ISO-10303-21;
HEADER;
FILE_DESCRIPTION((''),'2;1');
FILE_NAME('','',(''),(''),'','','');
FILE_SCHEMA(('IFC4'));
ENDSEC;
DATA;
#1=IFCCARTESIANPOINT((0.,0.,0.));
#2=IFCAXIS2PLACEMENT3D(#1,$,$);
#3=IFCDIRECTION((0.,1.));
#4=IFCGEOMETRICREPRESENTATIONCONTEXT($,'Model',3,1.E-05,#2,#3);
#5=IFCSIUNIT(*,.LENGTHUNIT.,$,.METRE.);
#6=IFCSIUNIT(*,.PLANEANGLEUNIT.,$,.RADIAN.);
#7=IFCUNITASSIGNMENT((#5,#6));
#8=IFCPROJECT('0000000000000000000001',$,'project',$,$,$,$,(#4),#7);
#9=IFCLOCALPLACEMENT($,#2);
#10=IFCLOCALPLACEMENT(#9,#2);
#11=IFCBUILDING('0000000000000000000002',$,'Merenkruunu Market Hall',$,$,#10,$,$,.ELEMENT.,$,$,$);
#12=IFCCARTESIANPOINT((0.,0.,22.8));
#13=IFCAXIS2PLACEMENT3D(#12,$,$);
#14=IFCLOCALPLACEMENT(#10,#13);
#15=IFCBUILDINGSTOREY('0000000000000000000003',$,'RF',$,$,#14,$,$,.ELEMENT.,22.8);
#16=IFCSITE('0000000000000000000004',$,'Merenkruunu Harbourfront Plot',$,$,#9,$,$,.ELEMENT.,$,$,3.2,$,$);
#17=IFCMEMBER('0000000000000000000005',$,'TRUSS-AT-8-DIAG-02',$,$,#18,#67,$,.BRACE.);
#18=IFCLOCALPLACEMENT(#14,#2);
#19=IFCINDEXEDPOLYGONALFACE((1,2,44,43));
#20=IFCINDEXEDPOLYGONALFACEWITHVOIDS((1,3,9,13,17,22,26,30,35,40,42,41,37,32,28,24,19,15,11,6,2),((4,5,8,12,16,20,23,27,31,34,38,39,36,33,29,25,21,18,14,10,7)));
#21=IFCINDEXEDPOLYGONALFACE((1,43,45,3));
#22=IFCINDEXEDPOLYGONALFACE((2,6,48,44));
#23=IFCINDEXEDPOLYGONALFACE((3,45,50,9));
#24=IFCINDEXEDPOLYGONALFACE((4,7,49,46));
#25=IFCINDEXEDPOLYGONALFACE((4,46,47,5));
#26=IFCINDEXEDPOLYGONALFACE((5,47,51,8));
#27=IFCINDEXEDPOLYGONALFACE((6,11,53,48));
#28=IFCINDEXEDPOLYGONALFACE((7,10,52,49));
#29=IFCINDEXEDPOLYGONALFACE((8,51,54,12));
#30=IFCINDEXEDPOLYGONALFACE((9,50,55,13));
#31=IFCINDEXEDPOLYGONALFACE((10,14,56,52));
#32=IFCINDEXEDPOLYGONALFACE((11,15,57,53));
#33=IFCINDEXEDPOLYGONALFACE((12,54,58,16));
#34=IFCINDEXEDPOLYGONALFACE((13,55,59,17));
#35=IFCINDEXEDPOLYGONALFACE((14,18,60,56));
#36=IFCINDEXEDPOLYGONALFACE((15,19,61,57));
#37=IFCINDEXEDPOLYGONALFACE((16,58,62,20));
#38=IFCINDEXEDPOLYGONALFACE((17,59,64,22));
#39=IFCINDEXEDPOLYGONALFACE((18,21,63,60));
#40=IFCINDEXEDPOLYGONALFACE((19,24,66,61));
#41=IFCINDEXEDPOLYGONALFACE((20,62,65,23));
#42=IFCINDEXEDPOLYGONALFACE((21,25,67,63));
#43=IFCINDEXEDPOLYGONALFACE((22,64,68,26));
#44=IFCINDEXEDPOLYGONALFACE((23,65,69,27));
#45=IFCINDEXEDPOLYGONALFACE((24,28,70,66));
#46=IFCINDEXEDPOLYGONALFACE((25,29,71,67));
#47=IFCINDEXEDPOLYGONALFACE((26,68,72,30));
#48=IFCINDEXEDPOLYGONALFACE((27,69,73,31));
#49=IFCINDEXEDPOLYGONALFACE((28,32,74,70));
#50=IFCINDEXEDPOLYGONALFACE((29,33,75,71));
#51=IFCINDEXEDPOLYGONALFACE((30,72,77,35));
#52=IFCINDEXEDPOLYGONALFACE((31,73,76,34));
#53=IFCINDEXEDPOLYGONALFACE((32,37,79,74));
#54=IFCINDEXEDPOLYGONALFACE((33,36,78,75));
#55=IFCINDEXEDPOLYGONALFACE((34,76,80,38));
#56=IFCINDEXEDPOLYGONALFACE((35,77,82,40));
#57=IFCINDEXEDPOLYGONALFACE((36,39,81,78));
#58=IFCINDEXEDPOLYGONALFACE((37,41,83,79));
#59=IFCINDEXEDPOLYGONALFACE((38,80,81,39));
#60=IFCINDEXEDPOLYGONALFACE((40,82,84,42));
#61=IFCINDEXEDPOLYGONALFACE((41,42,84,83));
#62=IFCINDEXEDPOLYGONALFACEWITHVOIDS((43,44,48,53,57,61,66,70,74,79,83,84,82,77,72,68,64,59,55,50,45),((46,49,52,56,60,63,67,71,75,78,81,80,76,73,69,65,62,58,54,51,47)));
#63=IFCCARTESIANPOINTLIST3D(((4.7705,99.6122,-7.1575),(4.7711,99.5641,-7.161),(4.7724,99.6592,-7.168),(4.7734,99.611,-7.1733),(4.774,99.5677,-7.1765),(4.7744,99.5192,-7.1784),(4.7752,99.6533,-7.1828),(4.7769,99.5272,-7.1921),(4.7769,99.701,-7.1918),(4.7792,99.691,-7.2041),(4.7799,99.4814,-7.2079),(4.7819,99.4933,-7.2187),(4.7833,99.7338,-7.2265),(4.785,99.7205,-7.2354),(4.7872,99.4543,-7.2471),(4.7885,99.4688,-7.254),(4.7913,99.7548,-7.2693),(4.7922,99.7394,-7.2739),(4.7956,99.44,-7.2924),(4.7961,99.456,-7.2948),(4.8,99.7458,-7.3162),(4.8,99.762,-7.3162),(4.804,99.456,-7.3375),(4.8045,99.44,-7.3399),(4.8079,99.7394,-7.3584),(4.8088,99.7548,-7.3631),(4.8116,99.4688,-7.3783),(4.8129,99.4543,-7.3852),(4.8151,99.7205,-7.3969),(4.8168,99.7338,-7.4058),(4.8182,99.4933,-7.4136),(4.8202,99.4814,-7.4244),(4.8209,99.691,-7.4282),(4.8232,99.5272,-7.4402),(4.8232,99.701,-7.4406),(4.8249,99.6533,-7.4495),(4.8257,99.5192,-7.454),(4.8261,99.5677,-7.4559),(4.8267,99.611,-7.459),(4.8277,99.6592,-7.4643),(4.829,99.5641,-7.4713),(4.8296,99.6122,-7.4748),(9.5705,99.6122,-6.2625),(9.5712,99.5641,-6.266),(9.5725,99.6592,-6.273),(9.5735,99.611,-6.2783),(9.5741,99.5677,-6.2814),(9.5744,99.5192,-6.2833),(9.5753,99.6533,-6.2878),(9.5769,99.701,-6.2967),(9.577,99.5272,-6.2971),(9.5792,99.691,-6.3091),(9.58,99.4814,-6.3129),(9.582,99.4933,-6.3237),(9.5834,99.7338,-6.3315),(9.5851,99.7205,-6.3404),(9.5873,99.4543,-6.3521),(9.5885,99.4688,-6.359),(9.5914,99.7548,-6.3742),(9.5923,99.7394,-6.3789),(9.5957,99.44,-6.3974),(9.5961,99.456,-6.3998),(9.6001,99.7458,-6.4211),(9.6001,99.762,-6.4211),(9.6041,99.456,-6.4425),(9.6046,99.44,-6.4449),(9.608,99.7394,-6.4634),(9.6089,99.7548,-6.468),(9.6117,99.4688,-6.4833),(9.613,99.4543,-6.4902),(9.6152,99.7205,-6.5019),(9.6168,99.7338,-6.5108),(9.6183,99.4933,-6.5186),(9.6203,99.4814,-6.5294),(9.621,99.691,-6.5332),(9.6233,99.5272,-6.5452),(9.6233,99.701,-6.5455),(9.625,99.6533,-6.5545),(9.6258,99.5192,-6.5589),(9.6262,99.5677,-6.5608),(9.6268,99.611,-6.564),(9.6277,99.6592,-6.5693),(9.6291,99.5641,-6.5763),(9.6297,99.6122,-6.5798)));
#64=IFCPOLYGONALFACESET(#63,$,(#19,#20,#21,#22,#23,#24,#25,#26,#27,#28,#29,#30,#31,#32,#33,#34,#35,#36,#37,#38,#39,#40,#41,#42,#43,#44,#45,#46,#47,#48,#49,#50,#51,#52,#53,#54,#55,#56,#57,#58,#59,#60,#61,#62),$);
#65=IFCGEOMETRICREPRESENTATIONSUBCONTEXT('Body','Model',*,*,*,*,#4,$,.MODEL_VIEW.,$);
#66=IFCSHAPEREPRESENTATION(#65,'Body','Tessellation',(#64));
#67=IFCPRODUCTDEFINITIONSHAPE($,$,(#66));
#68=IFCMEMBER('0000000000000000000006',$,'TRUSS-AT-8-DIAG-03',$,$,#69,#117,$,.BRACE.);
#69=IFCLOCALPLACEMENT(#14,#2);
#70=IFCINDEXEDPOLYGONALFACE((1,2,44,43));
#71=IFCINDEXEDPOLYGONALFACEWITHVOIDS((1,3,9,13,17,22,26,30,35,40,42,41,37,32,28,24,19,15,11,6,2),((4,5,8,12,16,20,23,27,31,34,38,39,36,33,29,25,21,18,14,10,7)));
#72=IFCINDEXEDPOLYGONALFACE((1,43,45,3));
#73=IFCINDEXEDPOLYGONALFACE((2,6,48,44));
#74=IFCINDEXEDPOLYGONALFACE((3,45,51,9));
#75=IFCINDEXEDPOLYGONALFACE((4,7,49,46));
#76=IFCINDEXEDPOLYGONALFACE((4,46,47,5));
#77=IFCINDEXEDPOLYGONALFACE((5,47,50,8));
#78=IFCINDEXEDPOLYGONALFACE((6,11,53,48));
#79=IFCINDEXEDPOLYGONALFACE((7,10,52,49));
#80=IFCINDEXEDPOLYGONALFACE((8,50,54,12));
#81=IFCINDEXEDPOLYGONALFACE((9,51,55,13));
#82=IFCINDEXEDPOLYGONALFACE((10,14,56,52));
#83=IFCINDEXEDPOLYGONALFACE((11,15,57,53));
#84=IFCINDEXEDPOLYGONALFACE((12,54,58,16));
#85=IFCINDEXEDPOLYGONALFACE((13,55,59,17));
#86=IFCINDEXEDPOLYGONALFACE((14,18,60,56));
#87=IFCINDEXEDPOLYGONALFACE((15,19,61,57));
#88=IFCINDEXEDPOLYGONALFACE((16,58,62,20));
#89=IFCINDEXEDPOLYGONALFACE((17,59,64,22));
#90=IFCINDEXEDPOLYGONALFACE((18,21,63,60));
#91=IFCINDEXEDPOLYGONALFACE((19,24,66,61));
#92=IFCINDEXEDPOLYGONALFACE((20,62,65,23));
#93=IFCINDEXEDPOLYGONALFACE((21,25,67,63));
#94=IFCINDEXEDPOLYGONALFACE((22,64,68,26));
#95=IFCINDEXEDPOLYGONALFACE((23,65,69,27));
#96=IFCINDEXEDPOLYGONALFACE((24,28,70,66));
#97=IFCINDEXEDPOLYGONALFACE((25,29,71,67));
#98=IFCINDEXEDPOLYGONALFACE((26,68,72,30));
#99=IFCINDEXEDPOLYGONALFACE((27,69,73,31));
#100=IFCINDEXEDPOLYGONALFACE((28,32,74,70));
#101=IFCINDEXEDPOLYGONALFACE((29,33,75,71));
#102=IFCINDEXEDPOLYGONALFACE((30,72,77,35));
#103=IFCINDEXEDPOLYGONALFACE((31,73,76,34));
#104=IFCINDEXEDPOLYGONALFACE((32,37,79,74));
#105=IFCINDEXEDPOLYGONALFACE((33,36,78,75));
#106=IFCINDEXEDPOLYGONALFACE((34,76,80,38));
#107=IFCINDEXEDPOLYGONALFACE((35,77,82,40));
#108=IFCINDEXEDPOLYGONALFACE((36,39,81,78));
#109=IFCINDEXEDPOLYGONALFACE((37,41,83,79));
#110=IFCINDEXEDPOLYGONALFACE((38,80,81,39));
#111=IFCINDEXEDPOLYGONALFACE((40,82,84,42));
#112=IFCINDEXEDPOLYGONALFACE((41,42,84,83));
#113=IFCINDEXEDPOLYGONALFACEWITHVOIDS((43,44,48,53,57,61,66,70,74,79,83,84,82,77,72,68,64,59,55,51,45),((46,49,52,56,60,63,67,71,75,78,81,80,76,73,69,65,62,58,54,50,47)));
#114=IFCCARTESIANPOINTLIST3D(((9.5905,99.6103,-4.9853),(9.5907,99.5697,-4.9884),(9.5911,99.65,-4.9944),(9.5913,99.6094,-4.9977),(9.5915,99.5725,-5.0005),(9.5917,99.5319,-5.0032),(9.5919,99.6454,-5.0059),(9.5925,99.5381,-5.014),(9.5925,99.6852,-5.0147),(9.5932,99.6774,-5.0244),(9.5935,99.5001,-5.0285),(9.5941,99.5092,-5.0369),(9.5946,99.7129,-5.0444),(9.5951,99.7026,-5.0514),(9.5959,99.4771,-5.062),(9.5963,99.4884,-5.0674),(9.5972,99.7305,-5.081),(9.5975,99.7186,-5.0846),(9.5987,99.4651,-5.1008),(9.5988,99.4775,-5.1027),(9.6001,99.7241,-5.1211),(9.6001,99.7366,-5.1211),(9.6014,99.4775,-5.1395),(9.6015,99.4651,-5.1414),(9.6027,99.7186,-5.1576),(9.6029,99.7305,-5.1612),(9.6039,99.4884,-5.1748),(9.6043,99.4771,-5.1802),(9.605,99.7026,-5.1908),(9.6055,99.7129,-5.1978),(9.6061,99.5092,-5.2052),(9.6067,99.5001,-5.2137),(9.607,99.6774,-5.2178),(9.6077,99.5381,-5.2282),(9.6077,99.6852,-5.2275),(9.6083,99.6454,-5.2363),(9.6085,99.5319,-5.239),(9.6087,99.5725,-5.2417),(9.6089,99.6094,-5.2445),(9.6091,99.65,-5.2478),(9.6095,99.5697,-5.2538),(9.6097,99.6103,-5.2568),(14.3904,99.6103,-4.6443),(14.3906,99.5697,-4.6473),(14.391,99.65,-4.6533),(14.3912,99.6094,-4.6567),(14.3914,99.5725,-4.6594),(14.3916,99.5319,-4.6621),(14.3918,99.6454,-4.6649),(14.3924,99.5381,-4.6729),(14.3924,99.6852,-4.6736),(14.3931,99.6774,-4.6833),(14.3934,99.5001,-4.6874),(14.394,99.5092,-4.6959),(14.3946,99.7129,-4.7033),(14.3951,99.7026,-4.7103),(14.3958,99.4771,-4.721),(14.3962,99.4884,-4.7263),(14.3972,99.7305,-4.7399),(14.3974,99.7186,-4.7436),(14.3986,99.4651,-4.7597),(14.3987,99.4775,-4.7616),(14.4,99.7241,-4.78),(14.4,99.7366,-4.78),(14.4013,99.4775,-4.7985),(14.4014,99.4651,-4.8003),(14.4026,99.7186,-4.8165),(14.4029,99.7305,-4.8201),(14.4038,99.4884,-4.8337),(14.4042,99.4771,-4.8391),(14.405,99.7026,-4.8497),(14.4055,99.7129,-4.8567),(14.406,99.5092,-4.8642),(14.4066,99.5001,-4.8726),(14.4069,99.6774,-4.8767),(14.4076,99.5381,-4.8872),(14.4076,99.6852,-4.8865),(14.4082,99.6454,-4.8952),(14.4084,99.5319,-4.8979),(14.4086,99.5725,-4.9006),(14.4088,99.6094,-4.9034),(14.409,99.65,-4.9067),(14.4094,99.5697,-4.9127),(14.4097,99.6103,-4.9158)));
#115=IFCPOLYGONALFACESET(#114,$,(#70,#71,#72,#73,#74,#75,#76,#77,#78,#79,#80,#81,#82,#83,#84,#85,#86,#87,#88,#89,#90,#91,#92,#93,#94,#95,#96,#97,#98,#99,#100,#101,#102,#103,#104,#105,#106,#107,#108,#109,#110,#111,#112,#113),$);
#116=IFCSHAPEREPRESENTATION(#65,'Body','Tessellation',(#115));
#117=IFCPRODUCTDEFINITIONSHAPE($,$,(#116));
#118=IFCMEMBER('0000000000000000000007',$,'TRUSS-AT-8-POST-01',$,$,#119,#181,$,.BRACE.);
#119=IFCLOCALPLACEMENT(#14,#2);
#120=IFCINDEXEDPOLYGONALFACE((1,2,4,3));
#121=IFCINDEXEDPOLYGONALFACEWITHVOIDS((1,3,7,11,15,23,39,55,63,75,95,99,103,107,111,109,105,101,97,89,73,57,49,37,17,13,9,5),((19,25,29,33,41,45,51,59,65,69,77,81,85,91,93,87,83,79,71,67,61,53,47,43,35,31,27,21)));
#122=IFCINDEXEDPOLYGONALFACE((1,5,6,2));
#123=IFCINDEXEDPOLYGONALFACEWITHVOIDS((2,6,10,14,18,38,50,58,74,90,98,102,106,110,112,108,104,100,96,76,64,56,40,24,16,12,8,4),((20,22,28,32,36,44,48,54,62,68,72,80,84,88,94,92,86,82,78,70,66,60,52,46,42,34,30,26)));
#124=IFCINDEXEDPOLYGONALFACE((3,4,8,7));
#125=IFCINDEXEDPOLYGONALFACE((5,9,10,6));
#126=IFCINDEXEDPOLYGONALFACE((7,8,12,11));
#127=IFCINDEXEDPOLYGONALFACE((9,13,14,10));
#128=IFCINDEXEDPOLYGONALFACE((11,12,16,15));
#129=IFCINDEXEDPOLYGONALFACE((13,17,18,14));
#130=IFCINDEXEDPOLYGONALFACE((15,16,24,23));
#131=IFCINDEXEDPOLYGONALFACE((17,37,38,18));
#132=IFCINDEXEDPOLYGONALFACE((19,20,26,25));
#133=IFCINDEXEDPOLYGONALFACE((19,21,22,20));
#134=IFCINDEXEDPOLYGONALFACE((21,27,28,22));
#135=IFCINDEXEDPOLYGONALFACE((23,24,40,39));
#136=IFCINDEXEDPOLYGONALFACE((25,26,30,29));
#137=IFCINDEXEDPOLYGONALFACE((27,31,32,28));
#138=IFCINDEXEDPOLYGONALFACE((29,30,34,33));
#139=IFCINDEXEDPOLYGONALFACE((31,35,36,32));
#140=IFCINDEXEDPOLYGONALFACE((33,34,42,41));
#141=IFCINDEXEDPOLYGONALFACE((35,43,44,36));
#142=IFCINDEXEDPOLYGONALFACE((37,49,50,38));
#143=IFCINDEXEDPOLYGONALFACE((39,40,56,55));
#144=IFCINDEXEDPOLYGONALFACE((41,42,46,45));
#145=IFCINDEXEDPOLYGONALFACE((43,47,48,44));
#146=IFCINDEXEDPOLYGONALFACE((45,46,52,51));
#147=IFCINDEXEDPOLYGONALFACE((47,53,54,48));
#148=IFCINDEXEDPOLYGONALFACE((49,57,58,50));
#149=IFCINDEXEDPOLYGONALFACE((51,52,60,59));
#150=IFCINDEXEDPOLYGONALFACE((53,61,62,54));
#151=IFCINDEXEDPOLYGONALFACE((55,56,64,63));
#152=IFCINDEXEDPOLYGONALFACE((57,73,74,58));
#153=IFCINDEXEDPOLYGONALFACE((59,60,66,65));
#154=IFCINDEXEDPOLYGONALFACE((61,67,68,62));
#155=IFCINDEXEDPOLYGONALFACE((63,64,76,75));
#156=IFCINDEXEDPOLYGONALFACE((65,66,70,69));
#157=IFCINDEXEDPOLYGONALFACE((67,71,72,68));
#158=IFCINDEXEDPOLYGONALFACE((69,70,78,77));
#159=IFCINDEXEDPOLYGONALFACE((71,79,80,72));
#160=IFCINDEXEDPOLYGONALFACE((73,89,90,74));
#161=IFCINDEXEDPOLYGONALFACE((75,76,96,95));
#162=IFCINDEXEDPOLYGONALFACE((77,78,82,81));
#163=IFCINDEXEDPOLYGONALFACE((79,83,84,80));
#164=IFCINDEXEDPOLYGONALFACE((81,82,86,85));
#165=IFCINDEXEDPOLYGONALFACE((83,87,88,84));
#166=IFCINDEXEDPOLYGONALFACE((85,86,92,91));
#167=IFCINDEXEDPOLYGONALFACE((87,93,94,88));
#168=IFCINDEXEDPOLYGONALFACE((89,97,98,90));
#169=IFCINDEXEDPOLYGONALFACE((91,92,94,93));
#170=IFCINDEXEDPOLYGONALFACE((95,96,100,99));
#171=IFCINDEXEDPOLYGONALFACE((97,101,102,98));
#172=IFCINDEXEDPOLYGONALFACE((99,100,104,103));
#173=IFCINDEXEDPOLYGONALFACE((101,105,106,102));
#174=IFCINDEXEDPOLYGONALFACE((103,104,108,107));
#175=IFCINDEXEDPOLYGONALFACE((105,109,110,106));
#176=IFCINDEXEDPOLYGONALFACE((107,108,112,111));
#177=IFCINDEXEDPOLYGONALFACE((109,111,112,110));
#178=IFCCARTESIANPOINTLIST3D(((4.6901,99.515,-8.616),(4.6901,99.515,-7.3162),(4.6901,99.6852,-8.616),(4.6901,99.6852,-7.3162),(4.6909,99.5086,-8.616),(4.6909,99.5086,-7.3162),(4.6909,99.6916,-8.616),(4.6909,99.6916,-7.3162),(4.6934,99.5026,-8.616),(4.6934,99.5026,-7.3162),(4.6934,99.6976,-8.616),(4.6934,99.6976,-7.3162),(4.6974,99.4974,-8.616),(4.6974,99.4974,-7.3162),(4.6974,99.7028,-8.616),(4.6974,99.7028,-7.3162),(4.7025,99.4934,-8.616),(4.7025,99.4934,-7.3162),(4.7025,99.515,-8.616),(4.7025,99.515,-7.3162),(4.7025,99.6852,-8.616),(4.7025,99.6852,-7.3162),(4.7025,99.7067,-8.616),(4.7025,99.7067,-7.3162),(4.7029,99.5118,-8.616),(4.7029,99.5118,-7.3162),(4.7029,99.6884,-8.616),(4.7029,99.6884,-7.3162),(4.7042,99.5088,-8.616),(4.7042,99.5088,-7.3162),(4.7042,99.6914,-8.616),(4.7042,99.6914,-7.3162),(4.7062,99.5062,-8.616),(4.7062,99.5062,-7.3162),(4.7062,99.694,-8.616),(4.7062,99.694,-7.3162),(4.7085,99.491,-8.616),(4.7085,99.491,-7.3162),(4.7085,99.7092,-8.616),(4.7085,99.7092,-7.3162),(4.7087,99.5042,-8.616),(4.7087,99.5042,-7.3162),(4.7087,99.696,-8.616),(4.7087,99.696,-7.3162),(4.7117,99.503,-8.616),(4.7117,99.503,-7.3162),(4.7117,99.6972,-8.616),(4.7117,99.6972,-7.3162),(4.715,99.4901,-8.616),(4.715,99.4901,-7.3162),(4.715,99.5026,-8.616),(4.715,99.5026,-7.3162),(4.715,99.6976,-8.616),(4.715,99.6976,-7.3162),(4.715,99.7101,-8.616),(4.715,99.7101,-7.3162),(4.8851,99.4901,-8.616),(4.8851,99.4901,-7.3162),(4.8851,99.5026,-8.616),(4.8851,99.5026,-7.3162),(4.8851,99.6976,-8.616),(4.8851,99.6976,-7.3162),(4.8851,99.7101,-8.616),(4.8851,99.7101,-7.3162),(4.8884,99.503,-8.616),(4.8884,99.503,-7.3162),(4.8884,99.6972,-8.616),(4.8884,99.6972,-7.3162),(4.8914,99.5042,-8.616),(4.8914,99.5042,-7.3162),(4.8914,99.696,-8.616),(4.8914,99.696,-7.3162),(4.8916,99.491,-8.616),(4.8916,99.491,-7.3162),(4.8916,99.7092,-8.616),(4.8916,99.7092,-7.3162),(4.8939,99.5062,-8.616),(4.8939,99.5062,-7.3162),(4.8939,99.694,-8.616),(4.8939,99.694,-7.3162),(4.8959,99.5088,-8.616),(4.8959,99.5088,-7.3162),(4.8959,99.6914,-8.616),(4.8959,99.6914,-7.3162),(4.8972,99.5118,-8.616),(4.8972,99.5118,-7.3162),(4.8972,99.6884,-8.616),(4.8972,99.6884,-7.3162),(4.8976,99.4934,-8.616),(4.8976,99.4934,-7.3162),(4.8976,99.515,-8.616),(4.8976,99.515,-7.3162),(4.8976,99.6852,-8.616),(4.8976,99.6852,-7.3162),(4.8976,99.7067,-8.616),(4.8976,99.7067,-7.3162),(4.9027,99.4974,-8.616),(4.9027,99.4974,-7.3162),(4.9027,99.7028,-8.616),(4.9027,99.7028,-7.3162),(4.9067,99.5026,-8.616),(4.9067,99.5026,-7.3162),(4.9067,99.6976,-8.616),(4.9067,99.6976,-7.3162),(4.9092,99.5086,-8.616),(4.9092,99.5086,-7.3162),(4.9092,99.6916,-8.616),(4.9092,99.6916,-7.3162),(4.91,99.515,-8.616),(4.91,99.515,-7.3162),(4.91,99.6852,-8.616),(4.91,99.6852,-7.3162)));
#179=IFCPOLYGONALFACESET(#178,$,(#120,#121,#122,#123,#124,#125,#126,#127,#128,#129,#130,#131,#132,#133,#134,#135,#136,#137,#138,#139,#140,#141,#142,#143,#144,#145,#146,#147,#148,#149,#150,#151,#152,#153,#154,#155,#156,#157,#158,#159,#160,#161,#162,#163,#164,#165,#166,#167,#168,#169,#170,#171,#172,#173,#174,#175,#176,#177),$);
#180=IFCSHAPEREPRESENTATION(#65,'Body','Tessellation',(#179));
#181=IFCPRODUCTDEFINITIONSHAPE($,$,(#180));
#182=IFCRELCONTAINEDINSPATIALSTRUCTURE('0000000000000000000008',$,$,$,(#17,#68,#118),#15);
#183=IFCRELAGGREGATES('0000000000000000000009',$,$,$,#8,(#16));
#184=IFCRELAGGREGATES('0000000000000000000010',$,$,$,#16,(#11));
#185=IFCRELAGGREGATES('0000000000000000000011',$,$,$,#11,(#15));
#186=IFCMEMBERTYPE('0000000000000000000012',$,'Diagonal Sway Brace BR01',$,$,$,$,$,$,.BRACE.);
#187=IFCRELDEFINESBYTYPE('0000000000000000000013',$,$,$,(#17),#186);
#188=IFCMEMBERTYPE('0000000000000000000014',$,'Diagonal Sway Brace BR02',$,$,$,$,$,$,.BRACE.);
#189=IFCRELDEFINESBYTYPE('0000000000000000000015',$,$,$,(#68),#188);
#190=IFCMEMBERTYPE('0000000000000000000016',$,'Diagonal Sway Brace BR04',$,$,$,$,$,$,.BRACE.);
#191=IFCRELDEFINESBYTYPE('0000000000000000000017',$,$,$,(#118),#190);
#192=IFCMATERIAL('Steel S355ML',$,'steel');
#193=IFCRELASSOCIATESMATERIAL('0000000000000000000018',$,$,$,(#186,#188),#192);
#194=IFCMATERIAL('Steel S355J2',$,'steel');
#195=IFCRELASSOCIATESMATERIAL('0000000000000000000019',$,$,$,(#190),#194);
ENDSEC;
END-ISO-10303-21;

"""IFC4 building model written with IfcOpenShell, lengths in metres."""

from ifc_helpers import new_model, si_unit, direction, frame, origin, origin_2d, place, context, subcontext, project, spatial, hollow_rectangle, hollow_circle, extrude, material, material_profile, profile_set, type_object, element, save


model = new_model("IFC4")

# Units and contexts
model_context = context("Model", 3, precision=1e-05, world=origin(), true_north=direction((0.0, 1.0)))
body_context = subcontext(model_context, "Body", "Model", "MODEL_VIEW")
ifc_project = project(units=[si_unit("LENGTHUNIT", "METRE"), si_unit("PLANEANGLEUNIT", "RADIAN")], contexts=[model_context])

# Site, building, storey
site_placement = place(None, origin())
site = spatial("IfcSite", under=ifc_project, at=site_placement, Name="Merenkruunu Harbourfront Plot", CompositionType="ELEMENT", RefElevation=3.2)
building_placement = place(site_placement, origin())
building = spatial("IfcBuilding", under=site, at=building_placement, Name="Merenkruunu Market Hall", CompositionType="ELEMENT")
storey_placement = place(building_placement, frame((0.0, 0.0, 22.8)))
storey = spatial("IfcBuildingStorey", under=building, at=storey_placement, Name="RF", CompositionType="ELEMENT", Elevation=22.8)

# Shared definitions
ifc_material_1 = material(Name="Steel S355ML", Category="steel")

# Members
ifc_material_profile_1 = material_profile(ifc_material_1, hollow_circle(Radius=0.1619, WallThickness=0.0161, at=origin_2d()), Name="CHS 323.9x16")
ifc_profile_set_1 = profile_set([ifc_material_profile_1], Name="Steel S355ML")
member_type_1 = type_object("IfcMemberType", Name="Diagonal Sway Brace BR01", PredefinedType="BRACE", material=ifc_profile_set_1)
member_1_placement = place(storey_placement, frame((4.8, 99.6001, -7.3162), z_axis=(0.983057, 0.0, 0.183301), x_axis=(0.0, 1.0, 0.0)))
element("IfcMember", 1, at=member_1_placement, inside=storey, type_object=member_type_1, Name="TRUSS-AT-8-DIAG-02", PredefinedType="BRACE", context=body_context, shape_type="SweptSolid", body=[
    extrude(hollow_circle(Radius=0.1619, WallThickness=0.0161, at=origin_2d()), origin(), (0.0, 0.0, 1.0), 4.8828),
])
ifc_material_profile_2 = material_profile(ifc_material_1, hollow_circle(Radius=0.1365, WallThickness=0.0125, at=origin_2d()), Name="CHS 273x12.5")
ifc_profile_set_2 = profile_set([ifc_material_profile_2], Name="Steel S355ML")
member_type_2 = type_object("IfcMemberType", Name="Diagonal Sway Brace BR02", PredefinedType="BRACE", material=ifc_profile_set_2)
member_2_placement = place(storey_placement, frame((9.6001, 99.6001, -5.1211), z_axis=(0.997485, 0.0, 0.070879), x_axis=(0.0, 1.0, 0.0)))
element("IfcMember", 2, at=member_2_placement, inside=storey, type_object=member_type_2, Name="TRUSS-AT-8-DIAG-03", PredefinedType="BRACE", context=body_context, shape_type="SweptSolid", body=[
    extrude(hollow_circle(Radius=0.1365, WallThickness=0.0125, at=origin_2d()), origin(), (0.0, 0.0, 1.0), 4.812),
])
ifc_material_2 = material(Name="Steel S355J2", Category="steel")
ifc_material_profile_3 = material_profile(ifc_material_2, hollow_rectangle(XDim=0.22, YDim=0.22, WallThickness=0.0125, InnerFilletRadius=0.0125, OuterFilletRadius=0.0249, at=origin_2d()), Name="SHS 220x220x12.5")
ifc_profile_set_3 = profile_set([ifc_material_profile_3], Name="Steel S355J2")
member_type_3 = type_object("IfcMemberType", Name="Diagonal Sway Brace BR04", PredefinedType="BRACE", material=ifc_profile_set_3)
member_3_placement = place(storey_placement, frame((4.8, 99.6001, -8.616), z_axis=(0.0, 0.0, 1.0), x_axis=(1.0, 0.0, 0.0)))
element("IfcMember", 3, at=member_3_placement, inside=storey, type_object=member_type_3, Name="TRUSS-AT-8-POST-01", PredefinedType="BRACE", context=body_context, shape_type="SweptSolid", body=[
    extrude(hollow_rectangle(XDim=0.22, YDim=0.22, WallThickness=0.0125, InnerFilletRadius=0.0125, OuterFilletRadius=0.0249, at=origin_2d()), origin(), (0.0, 0.0, 1.0), 1.2998),
])

save(model, "model.ifc")
